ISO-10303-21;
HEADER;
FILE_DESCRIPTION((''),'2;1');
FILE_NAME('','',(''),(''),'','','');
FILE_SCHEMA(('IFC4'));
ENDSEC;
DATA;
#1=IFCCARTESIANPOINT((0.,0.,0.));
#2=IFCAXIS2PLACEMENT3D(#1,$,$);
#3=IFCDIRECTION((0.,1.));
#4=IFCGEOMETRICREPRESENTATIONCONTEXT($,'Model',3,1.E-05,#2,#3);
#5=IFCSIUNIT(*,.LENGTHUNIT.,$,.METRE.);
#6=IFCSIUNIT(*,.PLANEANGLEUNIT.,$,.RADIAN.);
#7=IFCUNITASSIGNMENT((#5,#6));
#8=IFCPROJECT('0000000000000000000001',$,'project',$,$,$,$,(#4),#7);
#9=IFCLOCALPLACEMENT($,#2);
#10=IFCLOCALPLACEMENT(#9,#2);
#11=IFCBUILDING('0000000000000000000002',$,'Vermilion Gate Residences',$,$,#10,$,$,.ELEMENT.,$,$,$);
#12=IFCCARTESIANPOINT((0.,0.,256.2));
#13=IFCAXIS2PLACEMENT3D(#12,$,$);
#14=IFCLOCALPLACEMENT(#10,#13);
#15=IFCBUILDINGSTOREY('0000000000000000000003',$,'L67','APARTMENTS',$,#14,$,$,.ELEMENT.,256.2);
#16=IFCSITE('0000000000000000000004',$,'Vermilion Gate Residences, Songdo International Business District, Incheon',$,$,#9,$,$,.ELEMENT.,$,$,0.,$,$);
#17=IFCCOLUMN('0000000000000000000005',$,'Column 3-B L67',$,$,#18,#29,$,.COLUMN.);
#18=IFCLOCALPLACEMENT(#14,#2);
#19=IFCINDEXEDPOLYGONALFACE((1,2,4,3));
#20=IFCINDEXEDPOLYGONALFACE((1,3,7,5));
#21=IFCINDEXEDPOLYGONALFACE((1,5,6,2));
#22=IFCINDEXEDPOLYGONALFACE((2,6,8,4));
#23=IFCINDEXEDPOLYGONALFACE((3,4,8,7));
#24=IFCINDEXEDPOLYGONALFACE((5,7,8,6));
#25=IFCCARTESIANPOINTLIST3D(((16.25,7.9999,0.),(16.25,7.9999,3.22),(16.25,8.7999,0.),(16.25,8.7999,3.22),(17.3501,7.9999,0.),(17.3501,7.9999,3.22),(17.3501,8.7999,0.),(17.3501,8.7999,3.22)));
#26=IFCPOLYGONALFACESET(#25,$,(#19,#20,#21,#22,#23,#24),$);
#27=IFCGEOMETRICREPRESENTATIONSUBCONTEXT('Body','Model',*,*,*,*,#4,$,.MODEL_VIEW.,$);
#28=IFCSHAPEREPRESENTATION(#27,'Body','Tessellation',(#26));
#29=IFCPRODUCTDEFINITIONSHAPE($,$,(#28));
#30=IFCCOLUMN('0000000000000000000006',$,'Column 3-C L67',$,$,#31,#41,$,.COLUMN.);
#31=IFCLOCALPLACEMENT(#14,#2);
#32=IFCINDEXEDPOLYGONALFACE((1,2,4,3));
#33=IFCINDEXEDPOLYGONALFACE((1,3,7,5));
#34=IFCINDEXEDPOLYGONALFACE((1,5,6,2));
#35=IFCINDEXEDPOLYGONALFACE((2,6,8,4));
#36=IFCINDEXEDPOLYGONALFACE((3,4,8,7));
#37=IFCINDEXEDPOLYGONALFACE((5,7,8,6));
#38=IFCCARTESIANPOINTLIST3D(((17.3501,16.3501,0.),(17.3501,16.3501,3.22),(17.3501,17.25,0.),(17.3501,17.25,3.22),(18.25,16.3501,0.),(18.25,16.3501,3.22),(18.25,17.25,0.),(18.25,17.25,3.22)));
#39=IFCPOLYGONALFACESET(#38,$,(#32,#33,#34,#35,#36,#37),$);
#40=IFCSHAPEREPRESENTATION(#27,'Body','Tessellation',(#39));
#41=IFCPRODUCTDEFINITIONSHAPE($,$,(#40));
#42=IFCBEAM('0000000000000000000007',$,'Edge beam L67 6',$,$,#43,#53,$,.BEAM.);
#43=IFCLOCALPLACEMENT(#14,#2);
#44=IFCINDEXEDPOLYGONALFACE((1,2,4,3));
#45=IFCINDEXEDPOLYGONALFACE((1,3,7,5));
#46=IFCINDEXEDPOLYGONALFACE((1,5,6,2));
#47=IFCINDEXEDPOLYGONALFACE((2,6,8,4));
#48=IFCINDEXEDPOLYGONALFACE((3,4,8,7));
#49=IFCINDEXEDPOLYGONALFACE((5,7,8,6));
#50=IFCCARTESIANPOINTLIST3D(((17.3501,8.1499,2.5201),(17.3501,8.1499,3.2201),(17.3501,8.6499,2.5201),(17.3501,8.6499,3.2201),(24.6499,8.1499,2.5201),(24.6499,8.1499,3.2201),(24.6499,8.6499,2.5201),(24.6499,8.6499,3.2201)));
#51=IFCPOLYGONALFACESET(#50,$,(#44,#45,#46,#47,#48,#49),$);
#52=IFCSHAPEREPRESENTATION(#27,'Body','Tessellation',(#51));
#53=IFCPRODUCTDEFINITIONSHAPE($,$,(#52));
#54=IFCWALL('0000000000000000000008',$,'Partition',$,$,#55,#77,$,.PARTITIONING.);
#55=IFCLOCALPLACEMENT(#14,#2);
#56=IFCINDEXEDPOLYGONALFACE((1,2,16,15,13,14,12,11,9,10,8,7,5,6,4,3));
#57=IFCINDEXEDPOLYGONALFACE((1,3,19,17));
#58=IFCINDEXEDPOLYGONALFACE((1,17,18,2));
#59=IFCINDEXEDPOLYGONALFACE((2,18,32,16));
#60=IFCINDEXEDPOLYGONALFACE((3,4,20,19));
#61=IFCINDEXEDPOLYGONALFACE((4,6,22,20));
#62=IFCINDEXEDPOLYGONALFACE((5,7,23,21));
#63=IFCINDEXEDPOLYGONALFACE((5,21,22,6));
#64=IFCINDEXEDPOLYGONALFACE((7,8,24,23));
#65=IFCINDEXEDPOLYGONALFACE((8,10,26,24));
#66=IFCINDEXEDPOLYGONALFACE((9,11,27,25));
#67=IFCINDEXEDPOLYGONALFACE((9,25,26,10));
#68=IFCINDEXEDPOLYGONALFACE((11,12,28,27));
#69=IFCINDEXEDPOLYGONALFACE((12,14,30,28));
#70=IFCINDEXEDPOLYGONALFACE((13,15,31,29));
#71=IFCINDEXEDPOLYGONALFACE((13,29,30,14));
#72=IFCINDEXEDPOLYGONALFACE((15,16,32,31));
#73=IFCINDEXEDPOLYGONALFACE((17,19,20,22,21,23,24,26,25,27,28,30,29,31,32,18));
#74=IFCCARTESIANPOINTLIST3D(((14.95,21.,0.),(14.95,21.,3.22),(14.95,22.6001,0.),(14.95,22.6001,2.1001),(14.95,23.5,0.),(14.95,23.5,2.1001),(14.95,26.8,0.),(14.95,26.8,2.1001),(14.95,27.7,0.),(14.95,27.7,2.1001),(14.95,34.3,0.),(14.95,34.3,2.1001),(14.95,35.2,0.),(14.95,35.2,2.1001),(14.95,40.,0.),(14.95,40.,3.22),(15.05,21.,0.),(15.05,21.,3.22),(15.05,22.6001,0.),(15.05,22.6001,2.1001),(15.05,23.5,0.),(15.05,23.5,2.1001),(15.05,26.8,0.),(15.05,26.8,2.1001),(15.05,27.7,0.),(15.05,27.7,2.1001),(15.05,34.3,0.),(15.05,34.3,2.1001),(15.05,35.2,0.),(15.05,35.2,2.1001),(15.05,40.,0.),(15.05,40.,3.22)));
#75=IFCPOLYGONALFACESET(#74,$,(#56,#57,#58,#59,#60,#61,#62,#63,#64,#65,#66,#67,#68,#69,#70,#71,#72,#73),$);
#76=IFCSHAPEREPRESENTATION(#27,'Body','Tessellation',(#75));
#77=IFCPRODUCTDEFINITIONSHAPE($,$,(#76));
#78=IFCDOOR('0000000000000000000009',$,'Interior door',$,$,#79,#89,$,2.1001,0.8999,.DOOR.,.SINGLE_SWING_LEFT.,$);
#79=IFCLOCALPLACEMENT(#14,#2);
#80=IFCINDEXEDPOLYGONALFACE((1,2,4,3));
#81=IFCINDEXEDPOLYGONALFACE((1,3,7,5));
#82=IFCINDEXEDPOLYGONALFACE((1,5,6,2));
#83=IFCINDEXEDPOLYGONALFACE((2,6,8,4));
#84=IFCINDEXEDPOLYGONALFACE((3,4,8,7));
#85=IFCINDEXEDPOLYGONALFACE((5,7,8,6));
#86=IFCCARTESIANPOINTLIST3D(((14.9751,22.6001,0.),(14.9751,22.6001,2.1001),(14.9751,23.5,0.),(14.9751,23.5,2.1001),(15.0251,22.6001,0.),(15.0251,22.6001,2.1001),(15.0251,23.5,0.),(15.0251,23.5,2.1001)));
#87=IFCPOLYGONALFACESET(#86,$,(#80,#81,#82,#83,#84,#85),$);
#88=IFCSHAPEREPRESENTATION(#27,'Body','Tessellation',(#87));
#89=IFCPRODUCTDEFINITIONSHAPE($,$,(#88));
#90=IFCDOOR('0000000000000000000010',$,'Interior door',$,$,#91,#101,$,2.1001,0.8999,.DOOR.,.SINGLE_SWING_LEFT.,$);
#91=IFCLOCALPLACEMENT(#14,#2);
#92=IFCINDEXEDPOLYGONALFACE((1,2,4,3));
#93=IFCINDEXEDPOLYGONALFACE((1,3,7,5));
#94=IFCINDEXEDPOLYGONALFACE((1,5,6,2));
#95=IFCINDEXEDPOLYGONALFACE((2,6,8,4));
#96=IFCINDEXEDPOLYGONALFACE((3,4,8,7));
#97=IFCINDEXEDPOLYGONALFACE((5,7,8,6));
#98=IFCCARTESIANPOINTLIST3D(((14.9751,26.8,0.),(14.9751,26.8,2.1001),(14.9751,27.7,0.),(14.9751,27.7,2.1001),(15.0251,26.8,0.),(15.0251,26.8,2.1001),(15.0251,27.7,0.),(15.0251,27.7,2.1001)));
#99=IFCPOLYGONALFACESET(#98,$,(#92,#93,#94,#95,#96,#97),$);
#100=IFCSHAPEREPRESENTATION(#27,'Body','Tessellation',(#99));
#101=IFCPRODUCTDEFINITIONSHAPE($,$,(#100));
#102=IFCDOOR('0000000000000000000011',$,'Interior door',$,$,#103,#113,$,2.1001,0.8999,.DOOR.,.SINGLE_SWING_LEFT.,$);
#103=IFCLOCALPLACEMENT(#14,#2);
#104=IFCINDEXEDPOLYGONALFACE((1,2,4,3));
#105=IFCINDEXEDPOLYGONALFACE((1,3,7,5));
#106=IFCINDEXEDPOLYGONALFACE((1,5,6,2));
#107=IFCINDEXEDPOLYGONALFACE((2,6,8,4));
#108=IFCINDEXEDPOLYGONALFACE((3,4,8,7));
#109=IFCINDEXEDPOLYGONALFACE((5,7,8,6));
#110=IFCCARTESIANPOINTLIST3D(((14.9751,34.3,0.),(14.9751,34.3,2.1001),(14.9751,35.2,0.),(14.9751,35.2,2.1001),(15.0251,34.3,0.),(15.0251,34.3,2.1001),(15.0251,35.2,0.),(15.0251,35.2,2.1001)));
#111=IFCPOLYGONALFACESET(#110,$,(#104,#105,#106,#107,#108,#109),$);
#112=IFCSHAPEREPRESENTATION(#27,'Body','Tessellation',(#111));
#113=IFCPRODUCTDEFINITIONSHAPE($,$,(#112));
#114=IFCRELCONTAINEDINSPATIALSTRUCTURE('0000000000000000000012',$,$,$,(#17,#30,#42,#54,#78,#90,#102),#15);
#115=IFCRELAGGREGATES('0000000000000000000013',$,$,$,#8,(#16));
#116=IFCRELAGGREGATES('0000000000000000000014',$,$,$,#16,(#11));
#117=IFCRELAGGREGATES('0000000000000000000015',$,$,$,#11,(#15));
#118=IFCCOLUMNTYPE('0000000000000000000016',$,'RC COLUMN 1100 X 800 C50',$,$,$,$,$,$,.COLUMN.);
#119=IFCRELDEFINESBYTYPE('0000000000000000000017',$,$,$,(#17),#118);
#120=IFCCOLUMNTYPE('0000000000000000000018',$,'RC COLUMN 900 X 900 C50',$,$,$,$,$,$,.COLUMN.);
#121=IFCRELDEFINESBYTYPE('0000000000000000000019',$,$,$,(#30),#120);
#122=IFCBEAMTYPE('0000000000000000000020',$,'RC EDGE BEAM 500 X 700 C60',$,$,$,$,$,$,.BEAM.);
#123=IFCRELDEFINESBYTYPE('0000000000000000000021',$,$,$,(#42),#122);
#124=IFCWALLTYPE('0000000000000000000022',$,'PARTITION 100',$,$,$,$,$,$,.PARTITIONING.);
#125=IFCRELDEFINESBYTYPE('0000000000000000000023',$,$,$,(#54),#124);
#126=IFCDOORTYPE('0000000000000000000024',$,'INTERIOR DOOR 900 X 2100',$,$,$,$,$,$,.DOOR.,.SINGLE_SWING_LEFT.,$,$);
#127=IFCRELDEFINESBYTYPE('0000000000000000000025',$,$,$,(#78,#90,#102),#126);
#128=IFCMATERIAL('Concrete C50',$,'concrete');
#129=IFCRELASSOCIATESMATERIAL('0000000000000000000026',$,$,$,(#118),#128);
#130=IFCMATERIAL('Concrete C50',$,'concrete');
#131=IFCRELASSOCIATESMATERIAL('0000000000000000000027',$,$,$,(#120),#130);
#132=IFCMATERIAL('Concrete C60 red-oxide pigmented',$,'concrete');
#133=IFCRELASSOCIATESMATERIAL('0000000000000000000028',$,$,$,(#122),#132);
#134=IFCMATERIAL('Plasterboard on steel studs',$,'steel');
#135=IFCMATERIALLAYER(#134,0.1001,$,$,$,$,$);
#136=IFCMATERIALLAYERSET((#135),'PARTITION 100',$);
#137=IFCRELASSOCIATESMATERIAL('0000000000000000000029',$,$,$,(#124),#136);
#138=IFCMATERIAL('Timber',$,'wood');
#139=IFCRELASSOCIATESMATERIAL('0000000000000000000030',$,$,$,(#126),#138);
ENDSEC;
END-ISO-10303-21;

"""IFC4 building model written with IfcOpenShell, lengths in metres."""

from ifc_helpers import new_model, si_unit, direction, frame, frame_2d, origin, origin_2d, place, context, subcontext, project, spatial, rectangle, extrude, material, layer, layer_set, material_profile, profile_set, type_object, element, fill, save


model = new_model("IFC4")

# Units and contexts
model_context = context("Model", 3, precision=1e-05, world=origin(), true_north=direction((0.0, 1.0)))
body_context = subcontext(model_context, "Body", "Model", "MODEL_VIEW")
ifc_project = project(units=[si_unit("LENGTHUNIT", "METRE"), si_unit("PLANEANGLEUNIT", "RADIAN")], contexts=[model_context])

# Site, building, storey
site_placement = place(None, origin())
site = spatial("IfcSite", under=ifc_project, at=site_placement, Name="Vermilion Gate Residences, Songdo International Business District, Incheon", CompositionType="ELEMENT", RefElevation=0.0)
building_placement = place(site_placement, origin())
building = spatial("IfcBuilding", under=site, at=building_placement, Name="Vermilion Gate Residences", CompositionType="ELEMENT")
storey_placement = place(building_placement, frame((0.0, 0.0, 256.2)))
storey = spatial("IfcBuildingStorey", under=building, at=storey_placement, Name="L67", Description="APARTMENTS", CompositionType="ELEMENT", Elevation=256.2)

# Columns
ifc_material_1 = material(Name="Concrete C50", Category="concrete")
ifc_material_profile_1 = material_profile(ifc_material_1, rectangle(XDim=1.1001, YDim=0.8, at=origin_2d()), Name="RC-1100x800")
ifc_profile_set_1 = profile_set([ifc_material_profile_1], Name="Concrete C50")
column_type_1 = type_object("IfcColumnType", Name="RC COLUMN 1100 X 800 C50", PredefinedType="COLUMN", material=ifc_profile_set_1)
column_1_placement = place(storey_placement, frame((16.8, 8.3999, 0.0), z_axis=(0.0, 0.0, 1.0), x_axis=(1.0, 0.0, 0.0)))
element("IfcColumn", 1, at=column_1_placement, inside=storey, type_object=column_type_1, Name="Column 3-B L67", PredefinedType="COLUMN", context=body_context, shape_type="SweptSolid", body=[
    extrude(rectangle(XDim=1.1001, YDim=0.8, at=origin_2d()), origin(), (0.0, 0.0, 1.0), 3.22),
])
ifc_material_2 = material(Name="Concrete C50", Category="concrete")
ifc_material_profile_2 = material_profile(ifc_material_2, rectangle(XDim=0.8999, YDim=0.8999, at=origin_2d()), Name="RC-900x900")
ifc_profile_set_2 = profile_set([ifc_material_profile_2], Name="Concrete C50")
column_type_2 = type_object("IfcColumnType", Name="RC COLUMN 900 X 900 C50", PredefinedType="COLUMN", material=ifc_profile_set_2)
column_2_placement = place(storey_placement, frame((17.8, 16.8, 0.0), z_axis=(0.0, 0.0, 1.0), x_axis=(1.0, 0.0, 0.0)))
element("IfcColumn", 2, at=column_2_placement, inside=storey, type_object=column_type_2, Name="Column 3-C L67", PredefinedType="COLUMN", context=body_context, shape_type="SweptSolid", body=[
    extrude(rectangle(XDim=0.8999, YDim=0.8999, at=origin_2d()), origin(), (0.0, 0.0, 1.0), 3.22),
])

# Beam
ifc_material_3 = material(Name="Concrete C60 red-oxide pigmented", Category="concrete")
ifc_material_profile_3 = material_profile(ifc_material_3, rectangle(XDim=0.5, YDim=0.7, at=origin_2d()), Name="RC-500x700")
ifc_profile_set_3 = profile_set([ifc_material_profile_3], Name="Concrete C60 red-oxide pigmented")
beam_type = type_object("IfcBeamType", Name="RC EDGE BEAM 500 X 700 C60", PredefinedType="BEAM", material=ifc_profile_set_3)
beam_placement = place(storey_placement, frame((17.3501, 8.3999, 2.8701), z_axis=(1.0, 0.0, 0.0), x_axis=(0.0, 1.0, 0.0)))
element("IfcBeam", 3, at=beam_placement, inside=storey, type_object=beam_type, Name="Edge beam L67 6", PredefinedType="BEAM", context=body_context, shape_type="SweptSolid", body=[
    extrude(rectangle(XDim=0.5, YDim=0.7, at=origin_2d()), origin(), (0.0, 0.0, 1.0), 7.2998),
])

# Wall, openings, doors
ifc_material_4 = material(Name="Plasterboard on steel studs", Category="steel")
ifc_layer_1 = layer(ifc_material_4, 0.1001)
ifc_layer_set_1 = layer_set([ifc_layer_1], Name="PARTITION 100")
wall_type_1 = type_object("IfcWallType", Name="PARTITION 100", PredefinedType="PARTITIONING", material=ifc_layer_set_1)
wall_1_placement = place(storey_placement, frame((15.0, 21.0, 0.0), z_axis=(0.0, 0.0, 1.0), x_axis=(0.0, 1.0, 0.0)))
wall_1 = element("IfcWall", 4, at=wall_1_placement, inside=storey, type_object=wall_type_1, Name="Partition", PredefinedType="PARTITIONING", context=body_context, shape_type="SweptSolid", body=[
    extrude(rectangle(XDim=19.0, YDim=0.1001, at=frame_2d((9.5, 0.0))), origin(), (0.0, 0.0, 1.0), 3.22),
])
opening_1_placement = place(wall_1_placement, frame((1.6001, 0.0, 0.0)))
opening_1 = element("IfcOpeningElement", 5, at=opening_1_placement, cuts=wall_1, PredefinedType="OPENING", context=body_context, shape_type="SweptSolid", body=[
    extrude(rectangle(XDim=0.8999, YDim=2.1001, at=frame_2d((0.45, 1.05))), frame((0.0, 0.0601, 0.0), z_axis=(0.0, -1.0, 0.0), x_axis=(1.0, 0.0, 0.0)), (0.0, 0.0, 1.0), 0.1201),
])
opening_2_placement = place(wall_1_placement, frame((5.8, 0.0, 0.0)))
opening_2 = element("IfcOpeningElement", 6, at=opening_2_placement, cuts=wall_1, PredefinedType="OPENING", context=body_context, shape_type="SweptSolid", body=[
    extrude(rectangle(XDim=0.8999, YDim=2.1001, at=frame_2d((0.45, 1.05))), frame((0.0, 0.0601, 0.0), z_axis=(0.0, -1.0, 0.0), x_axis=(1.0, 0.0, 0.0)), (0.0, 0.0, 1.0), 0.1201),
])
opening_3_placement = place(wall_1_placement, frame((13.3, 0.0, 0.0)))
opening_3 = element("IfcOpeningElement", 7, at=opening_3_placement, cuts=wall_1, PredefinedType="OPENING", context=body_context, shape_type="SweptSolid", body=[
    extrude(rectangle(XDim=0.8999, YDim=2.1001, at=frame_2d((0.45, 1.05))), frame((0.0, 0.0601, 0.0), z_axis=(0.0, -1.0, 0.0), x_axis=(1.0, 0.0, 0.0)), (0.0, 0.0, 1.0), 0.1201),
])
ifc_material_5 = material(Name="Timber", Category="wood")
door_type_1 = type_object("IfcDoorType", Name="INTERIOR DOOR 900 X 2100", OperationType="SINGLE_SWING_LEFT", PredefinedType="DOOR", material=ifc_material_5)
door_1_placement = place(opening_1_placement, origin())
door_1 = element("IfcDoor", 8, at=door_1_placement, inside=storey, type_object=door_type_1, Name="Interior door", OperationType="SINGLE_SWING_LEFT", OverallHeight=2.1001, OverallWidth=0.8999, PredefinedType="DOOR", context=body_context, shape_type="SweptSolid", body=[
    extrude(rectangle(XDim=0.8999, YDim=2.1001, at=frame_2d((0.45, 1.05))), frame((0.0, 0.0249, 0.0), z_axis=(0.0, -1.0, 0.0), x_axis=(1.0, 0.0, 0.0)), (0.0, 0.0, 1.0), 0.05),
])
fill(opening_1, door_1)
door_2_placement = place(opening_2_placement, origin())
door_2 = element("IfcDoor", 9, at=door_2_placement, inside=storey, type_object=door_type_1, Name="Interior door", OperationType="SINGLE_SWING_LEFT", OverallHeight=2.1001, OverallWidth=0.8999, PredefinedType="DOOR", context=body_context, shape_type="SweptSolid", body=[
    extrude(rectangle(XDim=0.8999, YDim=2.1001, at=frame_2d((0.45, 1.05))), frame((0.0, 0.0249, 0.0), z_axis=(0.0, -1.0, 0.0), x_axis=(1.0, 0.0, 0.0)), (0.0, 0.0, 1.0), 0.05),
])
fill(opening_2, door_2)
door_3_placement = place(opening_3_placement, origin())
door_3 = element("IfcDoor", 10, at=door_3_placement, inside=storey, type_object=door_type_1, Name="Interior door", OperationType="SINGLE_SWING_LEFT", OverallHeight=2.1001, OverallWidth=0.8999, PredefinedType="DOOR", context=body_context, shape_type="SweptSolid", body=[
    extrude(rectangle(XDim=0.8999, YDim=2.1001, at=frame_2d((0.45, 1.05))), frame((0.0, 0.0249, 0.0), z_axis=(0.0, -1.0, 0.0), x_axis=(1.0, 0.0, 0.0)), (0.0, 0.0, 1.0), 0.05),
])
fill(opening_3, door_3)

save(model, "model.ifc")
